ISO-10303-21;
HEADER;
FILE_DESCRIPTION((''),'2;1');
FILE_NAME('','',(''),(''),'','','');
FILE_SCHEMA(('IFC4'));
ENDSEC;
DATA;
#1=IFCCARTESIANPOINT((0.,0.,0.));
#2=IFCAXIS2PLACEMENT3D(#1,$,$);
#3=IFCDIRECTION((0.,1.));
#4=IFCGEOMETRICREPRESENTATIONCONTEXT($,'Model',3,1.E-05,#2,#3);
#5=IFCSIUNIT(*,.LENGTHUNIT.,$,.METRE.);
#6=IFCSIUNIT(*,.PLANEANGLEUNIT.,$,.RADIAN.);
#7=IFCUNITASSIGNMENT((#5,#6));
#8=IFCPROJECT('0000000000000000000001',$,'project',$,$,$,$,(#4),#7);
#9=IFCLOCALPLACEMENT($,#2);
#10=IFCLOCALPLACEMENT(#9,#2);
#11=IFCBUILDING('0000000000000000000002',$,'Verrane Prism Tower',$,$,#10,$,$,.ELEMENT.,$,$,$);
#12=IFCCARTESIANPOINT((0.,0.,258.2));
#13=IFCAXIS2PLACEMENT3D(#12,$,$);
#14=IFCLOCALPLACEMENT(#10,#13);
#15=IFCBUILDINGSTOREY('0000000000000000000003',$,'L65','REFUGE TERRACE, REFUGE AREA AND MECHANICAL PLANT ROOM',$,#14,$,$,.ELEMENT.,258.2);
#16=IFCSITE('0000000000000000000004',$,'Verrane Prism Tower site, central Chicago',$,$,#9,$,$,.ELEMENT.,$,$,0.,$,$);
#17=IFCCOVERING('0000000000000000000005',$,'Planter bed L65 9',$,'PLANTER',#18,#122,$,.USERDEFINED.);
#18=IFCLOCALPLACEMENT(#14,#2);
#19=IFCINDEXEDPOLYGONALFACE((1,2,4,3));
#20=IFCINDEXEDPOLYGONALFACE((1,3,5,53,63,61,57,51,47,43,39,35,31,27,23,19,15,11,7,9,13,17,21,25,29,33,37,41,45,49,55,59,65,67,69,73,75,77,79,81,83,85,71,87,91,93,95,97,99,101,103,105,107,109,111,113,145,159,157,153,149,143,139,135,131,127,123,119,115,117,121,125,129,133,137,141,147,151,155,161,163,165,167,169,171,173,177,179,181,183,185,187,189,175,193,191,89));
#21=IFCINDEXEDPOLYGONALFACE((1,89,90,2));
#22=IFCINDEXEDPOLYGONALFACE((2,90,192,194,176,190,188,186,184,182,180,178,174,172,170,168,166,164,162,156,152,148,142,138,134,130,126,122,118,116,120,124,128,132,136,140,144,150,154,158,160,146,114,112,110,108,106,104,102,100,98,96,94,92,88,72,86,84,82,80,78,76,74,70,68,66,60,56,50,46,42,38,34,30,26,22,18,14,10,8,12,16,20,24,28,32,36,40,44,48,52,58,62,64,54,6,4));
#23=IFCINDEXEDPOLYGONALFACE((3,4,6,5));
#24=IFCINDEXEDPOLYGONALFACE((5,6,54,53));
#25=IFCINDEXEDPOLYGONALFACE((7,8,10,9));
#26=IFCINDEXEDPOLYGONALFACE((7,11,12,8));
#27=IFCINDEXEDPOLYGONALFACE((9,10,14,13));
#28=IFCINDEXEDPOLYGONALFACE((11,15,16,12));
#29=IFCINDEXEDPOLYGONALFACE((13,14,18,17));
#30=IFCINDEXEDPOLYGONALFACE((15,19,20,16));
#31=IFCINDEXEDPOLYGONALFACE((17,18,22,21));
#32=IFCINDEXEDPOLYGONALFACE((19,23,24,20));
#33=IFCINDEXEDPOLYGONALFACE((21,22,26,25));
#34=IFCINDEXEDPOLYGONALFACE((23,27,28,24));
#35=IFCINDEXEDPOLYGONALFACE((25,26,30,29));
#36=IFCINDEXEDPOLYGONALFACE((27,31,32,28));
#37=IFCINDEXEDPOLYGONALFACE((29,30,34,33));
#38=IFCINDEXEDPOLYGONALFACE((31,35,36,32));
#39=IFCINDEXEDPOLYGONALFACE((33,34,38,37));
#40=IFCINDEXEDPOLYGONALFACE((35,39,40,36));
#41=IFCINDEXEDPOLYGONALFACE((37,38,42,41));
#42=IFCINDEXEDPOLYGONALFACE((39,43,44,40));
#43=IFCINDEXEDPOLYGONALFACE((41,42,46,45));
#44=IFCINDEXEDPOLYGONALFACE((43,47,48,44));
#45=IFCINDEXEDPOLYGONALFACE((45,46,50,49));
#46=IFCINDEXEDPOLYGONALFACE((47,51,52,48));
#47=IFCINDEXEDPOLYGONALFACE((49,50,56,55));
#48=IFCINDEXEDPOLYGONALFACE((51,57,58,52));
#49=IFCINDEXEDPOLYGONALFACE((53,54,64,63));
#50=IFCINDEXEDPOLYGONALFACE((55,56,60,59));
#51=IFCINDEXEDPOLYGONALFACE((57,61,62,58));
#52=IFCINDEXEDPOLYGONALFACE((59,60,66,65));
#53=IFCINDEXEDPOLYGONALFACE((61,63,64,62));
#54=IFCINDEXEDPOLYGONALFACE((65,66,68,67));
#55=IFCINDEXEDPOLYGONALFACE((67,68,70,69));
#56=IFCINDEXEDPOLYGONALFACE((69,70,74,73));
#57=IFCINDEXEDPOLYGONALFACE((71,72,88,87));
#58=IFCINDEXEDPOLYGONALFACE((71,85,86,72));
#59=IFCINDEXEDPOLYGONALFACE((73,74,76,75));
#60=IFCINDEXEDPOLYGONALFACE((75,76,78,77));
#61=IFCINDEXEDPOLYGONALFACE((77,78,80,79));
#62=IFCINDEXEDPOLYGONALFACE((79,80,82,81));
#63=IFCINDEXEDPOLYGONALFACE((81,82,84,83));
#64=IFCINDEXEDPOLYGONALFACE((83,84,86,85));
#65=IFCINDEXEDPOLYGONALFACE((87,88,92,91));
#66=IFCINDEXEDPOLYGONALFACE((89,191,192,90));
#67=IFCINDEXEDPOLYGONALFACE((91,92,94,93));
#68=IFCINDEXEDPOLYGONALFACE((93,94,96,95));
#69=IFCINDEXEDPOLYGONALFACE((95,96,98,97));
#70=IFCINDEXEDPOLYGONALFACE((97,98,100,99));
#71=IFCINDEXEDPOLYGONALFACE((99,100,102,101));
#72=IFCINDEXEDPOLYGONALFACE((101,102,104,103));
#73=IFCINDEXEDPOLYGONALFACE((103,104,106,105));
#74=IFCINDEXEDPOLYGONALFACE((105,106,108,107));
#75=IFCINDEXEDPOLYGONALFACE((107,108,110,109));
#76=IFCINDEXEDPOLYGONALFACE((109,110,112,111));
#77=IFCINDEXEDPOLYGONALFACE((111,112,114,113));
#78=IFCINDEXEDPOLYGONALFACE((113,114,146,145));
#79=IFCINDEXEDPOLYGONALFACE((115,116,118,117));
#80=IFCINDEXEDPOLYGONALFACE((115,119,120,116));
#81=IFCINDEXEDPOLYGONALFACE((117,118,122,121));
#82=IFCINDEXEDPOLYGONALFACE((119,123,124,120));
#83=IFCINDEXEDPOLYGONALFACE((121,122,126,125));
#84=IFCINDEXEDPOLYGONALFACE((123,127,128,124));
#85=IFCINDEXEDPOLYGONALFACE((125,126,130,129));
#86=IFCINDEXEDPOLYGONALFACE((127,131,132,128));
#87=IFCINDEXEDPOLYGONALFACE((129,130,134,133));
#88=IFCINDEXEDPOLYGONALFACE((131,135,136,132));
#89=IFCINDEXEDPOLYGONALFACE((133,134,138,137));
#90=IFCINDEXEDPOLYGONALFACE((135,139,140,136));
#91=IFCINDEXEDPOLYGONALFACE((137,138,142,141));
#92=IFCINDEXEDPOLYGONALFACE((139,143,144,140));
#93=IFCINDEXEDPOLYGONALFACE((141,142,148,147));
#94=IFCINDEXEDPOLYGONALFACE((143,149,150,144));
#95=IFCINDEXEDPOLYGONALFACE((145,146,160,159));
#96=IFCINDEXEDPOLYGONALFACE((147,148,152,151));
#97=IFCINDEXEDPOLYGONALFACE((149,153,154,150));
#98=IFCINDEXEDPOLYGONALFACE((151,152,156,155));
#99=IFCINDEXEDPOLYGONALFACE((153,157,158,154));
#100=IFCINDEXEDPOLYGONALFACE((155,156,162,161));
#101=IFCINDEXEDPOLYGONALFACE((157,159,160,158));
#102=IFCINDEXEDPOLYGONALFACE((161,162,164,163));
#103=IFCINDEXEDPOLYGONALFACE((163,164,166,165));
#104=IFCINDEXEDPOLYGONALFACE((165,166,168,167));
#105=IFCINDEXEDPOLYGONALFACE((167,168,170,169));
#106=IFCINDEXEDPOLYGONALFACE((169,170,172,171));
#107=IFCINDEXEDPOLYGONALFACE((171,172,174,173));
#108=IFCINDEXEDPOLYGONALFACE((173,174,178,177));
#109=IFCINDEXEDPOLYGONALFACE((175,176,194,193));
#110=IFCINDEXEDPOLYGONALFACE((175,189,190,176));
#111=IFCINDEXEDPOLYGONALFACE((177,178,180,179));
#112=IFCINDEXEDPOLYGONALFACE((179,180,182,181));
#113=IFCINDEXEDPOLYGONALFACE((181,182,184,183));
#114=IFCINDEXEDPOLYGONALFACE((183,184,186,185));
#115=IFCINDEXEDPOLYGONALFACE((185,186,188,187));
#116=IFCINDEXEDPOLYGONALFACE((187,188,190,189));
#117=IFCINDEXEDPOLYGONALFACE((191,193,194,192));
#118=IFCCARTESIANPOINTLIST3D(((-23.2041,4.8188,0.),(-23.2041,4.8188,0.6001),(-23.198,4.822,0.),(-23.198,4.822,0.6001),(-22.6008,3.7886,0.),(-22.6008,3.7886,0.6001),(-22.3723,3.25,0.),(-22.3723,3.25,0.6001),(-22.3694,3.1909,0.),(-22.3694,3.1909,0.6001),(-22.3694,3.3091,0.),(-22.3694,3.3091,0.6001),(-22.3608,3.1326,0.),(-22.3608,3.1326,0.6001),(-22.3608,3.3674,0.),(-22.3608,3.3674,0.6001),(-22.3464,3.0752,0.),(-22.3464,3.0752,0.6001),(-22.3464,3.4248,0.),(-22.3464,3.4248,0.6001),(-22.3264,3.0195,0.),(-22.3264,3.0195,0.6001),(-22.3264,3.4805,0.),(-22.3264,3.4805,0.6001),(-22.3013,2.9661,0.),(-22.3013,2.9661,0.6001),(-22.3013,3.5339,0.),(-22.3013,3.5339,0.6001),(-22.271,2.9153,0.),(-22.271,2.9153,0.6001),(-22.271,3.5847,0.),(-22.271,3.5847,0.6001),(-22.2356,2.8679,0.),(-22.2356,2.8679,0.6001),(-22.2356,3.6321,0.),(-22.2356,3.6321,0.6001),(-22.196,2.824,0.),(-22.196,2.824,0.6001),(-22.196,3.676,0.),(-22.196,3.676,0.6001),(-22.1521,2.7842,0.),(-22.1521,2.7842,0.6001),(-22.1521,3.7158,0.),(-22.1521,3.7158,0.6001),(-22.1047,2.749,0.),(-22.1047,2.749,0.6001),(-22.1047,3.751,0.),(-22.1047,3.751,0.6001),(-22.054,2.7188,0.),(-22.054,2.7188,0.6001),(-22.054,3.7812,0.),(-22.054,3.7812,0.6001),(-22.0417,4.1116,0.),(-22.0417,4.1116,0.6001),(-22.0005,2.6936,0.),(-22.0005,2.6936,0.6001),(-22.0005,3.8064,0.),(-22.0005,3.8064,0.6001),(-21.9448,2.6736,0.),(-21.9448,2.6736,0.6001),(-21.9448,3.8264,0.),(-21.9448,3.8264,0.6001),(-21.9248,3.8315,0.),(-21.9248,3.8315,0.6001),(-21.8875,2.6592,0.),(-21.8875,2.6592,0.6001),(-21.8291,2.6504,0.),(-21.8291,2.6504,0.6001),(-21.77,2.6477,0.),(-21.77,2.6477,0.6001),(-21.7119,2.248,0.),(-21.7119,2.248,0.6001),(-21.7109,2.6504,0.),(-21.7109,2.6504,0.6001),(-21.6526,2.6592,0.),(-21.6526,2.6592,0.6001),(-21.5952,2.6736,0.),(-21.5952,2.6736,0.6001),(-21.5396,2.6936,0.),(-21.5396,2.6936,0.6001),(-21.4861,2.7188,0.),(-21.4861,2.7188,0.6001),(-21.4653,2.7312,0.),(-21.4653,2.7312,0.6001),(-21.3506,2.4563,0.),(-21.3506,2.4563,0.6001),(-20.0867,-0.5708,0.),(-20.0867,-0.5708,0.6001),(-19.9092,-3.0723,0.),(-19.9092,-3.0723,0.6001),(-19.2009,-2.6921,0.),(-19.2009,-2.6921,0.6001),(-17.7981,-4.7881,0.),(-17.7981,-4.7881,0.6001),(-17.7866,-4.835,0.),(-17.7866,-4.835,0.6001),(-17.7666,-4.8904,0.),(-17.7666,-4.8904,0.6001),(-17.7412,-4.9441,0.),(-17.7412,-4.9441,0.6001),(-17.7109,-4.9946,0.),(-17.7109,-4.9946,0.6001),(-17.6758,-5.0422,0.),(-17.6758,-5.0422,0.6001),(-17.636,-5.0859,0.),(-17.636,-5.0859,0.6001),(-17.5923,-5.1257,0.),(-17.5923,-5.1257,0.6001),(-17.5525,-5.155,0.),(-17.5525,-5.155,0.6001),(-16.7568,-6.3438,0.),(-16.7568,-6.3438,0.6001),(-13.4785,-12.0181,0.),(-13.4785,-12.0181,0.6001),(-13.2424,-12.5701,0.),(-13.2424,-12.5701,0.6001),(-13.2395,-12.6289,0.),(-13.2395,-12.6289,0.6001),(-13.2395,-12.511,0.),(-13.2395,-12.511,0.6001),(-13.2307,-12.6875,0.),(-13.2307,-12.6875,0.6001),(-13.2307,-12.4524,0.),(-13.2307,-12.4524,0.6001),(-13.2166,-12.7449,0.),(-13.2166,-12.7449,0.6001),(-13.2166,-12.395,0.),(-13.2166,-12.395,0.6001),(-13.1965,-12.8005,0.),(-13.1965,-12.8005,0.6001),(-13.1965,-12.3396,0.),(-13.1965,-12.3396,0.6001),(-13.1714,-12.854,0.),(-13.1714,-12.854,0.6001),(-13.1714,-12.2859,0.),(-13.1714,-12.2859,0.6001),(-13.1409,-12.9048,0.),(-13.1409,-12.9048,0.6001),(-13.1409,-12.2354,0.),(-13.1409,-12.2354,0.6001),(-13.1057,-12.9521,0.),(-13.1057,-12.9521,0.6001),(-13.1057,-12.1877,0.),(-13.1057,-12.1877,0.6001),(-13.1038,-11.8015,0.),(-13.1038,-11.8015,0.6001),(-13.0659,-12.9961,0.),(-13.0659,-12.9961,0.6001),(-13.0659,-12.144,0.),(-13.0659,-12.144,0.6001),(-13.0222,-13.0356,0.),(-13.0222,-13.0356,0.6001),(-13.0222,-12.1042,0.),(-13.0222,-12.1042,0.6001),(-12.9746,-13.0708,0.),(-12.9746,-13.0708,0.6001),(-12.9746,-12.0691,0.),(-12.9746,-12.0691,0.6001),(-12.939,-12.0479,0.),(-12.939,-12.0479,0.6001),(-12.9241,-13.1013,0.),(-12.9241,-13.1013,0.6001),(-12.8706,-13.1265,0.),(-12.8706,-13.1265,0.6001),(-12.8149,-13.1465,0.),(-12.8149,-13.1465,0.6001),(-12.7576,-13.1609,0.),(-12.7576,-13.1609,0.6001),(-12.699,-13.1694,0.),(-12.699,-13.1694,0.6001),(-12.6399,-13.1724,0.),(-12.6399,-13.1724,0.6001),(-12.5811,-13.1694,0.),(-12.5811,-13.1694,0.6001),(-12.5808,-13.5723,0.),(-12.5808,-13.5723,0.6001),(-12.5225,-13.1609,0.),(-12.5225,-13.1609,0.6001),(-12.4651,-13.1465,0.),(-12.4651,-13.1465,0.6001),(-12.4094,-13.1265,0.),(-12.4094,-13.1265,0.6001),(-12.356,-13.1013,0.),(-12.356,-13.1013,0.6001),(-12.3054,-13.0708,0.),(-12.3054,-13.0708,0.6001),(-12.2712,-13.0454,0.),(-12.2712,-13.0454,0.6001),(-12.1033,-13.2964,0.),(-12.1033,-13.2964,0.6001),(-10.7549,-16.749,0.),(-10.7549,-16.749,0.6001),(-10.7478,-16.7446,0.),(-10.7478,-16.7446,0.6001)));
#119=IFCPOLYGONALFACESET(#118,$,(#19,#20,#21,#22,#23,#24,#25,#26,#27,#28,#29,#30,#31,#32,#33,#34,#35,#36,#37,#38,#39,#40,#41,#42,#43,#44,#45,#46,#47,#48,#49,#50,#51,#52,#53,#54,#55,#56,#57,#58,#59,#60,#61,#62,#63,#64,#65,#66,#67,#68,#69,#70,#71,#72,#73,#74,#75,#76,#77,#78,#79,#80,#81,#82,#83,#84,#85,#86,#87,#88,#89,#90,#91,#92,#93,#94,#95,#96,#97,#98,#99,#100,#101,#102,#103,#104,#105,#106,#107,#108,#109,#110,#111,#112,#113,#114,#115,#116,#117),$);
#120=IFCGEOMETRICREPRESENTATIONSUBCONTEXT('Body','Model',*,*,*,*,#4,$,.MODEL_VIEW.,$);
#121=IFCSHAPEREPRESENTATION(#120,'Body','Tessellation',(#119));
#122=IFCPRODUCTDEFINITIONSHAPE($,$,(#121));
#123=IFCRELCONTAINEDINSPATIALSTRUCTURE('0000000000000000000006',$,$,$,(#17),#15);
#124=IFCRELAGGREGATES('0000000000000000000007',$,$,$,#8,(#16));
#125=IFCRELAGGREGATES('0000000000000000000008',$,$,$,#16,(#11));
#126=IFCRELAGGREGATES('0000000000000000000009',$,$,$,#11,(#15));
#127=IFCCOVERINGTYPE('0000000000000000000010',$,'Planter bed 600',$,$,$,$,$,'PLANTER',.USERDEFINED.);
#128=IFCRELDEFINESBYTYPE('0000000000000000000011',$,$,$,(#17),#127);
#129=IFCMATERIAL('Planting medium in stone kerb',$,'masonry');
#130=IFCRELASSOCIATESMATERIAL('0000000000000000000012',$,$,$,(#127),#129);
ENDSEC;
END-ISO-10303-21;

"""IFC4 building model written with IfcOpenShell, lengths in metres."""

from ifc_helpers import new_model, si_unit, direction, frame, origin, place, context, subcontext, project, spatial, polyline, outline, extrude, material, type_object, element, save


model = new_model("IFC4")

# Units and contexts
model_context = context("Model", 3, precision=1e-05, world=origin(), true_north=direction((0.0, 1.0)))
body_context = subcontext(model_context, "Body", "Model", "MODEL_VIEW")
ifc_project = project(units=[si_unit("LENGTHUNIT", "METRE"), si_unit("PLANEANGLEUNIT", "RADIAN")], contexts=[model_context])

# Site, building, storey
site_placement = place(None, origin())
site = spatial("IfcSite", under=ifc_project, at=site_placement, Name="Verrane Prism Tower site, central Chicago", CompositionType="ELEMENT", RefElevation=0.0)
building_placement = place(site_placement, origin())
building = spatial("IfcBuilding", under=site, at=building_placement, Name="Verrane Prism Tower", CompositionType="ELEMENT")
storey_placement = place(building_placement, frame((0.0, 0.0, 258.2)))
storey = spatial("IfcBuildingStorey", under=building, at=storey_placement, Name="L65", Description="REFUGE TERRACE, REFUGE AREA AND MECHANICAL PLANT ROOM", CompositionType="ELEMENT", Elevation=258.2)

# Covering
ifc_material_1 = material(Name="Planting medium in stone kerb", Category="masonry")
covering_type_1 = type_object("IfcCoveringType", Name="Planter bed 600", ElementType="PLANTER", PredefinedType="USERDEFINED", material=ifc_material_1)
covering_1_placement = place(storey_placement, origin())
element("IfcCovering", 1, at=covering_1_placement, inside=storey, type_object=covering_type_1, Name="Planter bed L65 9", ObjectType="PLANTER", PredefinedType="USERDEFINED", context=body_context, shape_type="SweptSolid", body=[
    extrude(outline(polyline([(-10.7549, -16.749), (-10.7478, -16.7446), (-12.5808, -13.5723), (-12.1033, -13.2964), (-12.2712, -13.0454), (-12.3054, -13.0708), (-12.356, -13.1013), (-12.4094, -13.1265), (-12.4651, -13.1465), (-12.5225, -13.1609), (-12.5811, -13.1694), (-12.6399, -13.1724), (-12.699, -13.1694), (-12.7576, -13.1609), (-12.8149, -13.1465), (-12.8706, -13.1265), (-12.9241, -13.1013), (-12.9746, -13.0708), (-13.0222, -13.0356), (-13.0659, -12.9961), (-13.1057, -12.9521), (-13.1409, -12.9048), (-13.1714, -12.854), (-13.1965, -12.8005), (-13.2166, -12.7449), (-13.2307, -12.6875), (-13.2395, -12.6289), (-13.2424, -12.5701), (-13.2395, -12.511), (-13.2307, -12.4524), (-13.2166, -12.395), (-13.1965, -12.3396), (-13.1714, -12.2859), (-13.1409, -12.2354), (-13.1057, -12.1877), (-13.0659, -12.144), (-13.0222, -12.1042), (-12.9746, -12.0691), (-12.939, -12.0479), (-13.1038, -11.8015), (-13.4785, -12.0181), (-16.7568, -6.3438), (-17.5525, -5.155), (-17.5923, -5.1257), (-17.636, -5.0859), (-17.6758, -5.0422), (-17.7109, -4.9946), (-17.7412, -4.9441), (-17.7666, -4.8904), (-17.7866, -4.835), (-17.7981, -4.7881), (-19.2009, -2.6921), (-20.0867, -0.5708), (-21.7119, 2.248), (-21.3506, 2.4563), (-21.4653, 2.7312), (-21.4861, 2.7188), (-21.5396, 2.6936), (-21.5952, 2.6736), (-21.6526, 2.6592), (-21.7109, 2.6504), (-21.77, 2.6477), (-21.8291, 2.6504), (-21.8875, 2.6592), (-21.9448, 2.6736), (-22.0005, 2.6936), (-22.054, 2.7188), (-22.1047, 2.749), (-22.1521, 2.7842), (-22.196, 2.824), (-22.2356, 2.8679), (-22.271, 2.9153), (-22.3013, 2.9661), (-22.3264, 3.0195), (-22.3464, 3.0752), (-22.3608, 3.1326), (-22.3694, 3.1909), (-22.3723, 3.25), (-22.3694, 3.3091), (-22.3608, 3.3674), (-22.3464, 3.4248), (-22.3264, 3.4805), (-22.3013, 3.5339), (-22.271, 3.5847), (-22.2356, 3.6321), (-22.196, 3.676), (-22.1521, 3.7158), (-22.1047, 3.751), (-22.054, 3.7812), (-22.0005, 3.8064), (-21.9448, 3.8264), (-21.9248, 3.8315), (-22.0417, 4.1116), (-22.6008, 3.7886), (-23.198, 4.822), (-23.2041, 4.8188), (-19.9092, -3.0723), (-10.7549, -16.749)])), origin(), (0.0, 0.0, 1.0), 0.6001),
])

save(model, "model.ifc")
